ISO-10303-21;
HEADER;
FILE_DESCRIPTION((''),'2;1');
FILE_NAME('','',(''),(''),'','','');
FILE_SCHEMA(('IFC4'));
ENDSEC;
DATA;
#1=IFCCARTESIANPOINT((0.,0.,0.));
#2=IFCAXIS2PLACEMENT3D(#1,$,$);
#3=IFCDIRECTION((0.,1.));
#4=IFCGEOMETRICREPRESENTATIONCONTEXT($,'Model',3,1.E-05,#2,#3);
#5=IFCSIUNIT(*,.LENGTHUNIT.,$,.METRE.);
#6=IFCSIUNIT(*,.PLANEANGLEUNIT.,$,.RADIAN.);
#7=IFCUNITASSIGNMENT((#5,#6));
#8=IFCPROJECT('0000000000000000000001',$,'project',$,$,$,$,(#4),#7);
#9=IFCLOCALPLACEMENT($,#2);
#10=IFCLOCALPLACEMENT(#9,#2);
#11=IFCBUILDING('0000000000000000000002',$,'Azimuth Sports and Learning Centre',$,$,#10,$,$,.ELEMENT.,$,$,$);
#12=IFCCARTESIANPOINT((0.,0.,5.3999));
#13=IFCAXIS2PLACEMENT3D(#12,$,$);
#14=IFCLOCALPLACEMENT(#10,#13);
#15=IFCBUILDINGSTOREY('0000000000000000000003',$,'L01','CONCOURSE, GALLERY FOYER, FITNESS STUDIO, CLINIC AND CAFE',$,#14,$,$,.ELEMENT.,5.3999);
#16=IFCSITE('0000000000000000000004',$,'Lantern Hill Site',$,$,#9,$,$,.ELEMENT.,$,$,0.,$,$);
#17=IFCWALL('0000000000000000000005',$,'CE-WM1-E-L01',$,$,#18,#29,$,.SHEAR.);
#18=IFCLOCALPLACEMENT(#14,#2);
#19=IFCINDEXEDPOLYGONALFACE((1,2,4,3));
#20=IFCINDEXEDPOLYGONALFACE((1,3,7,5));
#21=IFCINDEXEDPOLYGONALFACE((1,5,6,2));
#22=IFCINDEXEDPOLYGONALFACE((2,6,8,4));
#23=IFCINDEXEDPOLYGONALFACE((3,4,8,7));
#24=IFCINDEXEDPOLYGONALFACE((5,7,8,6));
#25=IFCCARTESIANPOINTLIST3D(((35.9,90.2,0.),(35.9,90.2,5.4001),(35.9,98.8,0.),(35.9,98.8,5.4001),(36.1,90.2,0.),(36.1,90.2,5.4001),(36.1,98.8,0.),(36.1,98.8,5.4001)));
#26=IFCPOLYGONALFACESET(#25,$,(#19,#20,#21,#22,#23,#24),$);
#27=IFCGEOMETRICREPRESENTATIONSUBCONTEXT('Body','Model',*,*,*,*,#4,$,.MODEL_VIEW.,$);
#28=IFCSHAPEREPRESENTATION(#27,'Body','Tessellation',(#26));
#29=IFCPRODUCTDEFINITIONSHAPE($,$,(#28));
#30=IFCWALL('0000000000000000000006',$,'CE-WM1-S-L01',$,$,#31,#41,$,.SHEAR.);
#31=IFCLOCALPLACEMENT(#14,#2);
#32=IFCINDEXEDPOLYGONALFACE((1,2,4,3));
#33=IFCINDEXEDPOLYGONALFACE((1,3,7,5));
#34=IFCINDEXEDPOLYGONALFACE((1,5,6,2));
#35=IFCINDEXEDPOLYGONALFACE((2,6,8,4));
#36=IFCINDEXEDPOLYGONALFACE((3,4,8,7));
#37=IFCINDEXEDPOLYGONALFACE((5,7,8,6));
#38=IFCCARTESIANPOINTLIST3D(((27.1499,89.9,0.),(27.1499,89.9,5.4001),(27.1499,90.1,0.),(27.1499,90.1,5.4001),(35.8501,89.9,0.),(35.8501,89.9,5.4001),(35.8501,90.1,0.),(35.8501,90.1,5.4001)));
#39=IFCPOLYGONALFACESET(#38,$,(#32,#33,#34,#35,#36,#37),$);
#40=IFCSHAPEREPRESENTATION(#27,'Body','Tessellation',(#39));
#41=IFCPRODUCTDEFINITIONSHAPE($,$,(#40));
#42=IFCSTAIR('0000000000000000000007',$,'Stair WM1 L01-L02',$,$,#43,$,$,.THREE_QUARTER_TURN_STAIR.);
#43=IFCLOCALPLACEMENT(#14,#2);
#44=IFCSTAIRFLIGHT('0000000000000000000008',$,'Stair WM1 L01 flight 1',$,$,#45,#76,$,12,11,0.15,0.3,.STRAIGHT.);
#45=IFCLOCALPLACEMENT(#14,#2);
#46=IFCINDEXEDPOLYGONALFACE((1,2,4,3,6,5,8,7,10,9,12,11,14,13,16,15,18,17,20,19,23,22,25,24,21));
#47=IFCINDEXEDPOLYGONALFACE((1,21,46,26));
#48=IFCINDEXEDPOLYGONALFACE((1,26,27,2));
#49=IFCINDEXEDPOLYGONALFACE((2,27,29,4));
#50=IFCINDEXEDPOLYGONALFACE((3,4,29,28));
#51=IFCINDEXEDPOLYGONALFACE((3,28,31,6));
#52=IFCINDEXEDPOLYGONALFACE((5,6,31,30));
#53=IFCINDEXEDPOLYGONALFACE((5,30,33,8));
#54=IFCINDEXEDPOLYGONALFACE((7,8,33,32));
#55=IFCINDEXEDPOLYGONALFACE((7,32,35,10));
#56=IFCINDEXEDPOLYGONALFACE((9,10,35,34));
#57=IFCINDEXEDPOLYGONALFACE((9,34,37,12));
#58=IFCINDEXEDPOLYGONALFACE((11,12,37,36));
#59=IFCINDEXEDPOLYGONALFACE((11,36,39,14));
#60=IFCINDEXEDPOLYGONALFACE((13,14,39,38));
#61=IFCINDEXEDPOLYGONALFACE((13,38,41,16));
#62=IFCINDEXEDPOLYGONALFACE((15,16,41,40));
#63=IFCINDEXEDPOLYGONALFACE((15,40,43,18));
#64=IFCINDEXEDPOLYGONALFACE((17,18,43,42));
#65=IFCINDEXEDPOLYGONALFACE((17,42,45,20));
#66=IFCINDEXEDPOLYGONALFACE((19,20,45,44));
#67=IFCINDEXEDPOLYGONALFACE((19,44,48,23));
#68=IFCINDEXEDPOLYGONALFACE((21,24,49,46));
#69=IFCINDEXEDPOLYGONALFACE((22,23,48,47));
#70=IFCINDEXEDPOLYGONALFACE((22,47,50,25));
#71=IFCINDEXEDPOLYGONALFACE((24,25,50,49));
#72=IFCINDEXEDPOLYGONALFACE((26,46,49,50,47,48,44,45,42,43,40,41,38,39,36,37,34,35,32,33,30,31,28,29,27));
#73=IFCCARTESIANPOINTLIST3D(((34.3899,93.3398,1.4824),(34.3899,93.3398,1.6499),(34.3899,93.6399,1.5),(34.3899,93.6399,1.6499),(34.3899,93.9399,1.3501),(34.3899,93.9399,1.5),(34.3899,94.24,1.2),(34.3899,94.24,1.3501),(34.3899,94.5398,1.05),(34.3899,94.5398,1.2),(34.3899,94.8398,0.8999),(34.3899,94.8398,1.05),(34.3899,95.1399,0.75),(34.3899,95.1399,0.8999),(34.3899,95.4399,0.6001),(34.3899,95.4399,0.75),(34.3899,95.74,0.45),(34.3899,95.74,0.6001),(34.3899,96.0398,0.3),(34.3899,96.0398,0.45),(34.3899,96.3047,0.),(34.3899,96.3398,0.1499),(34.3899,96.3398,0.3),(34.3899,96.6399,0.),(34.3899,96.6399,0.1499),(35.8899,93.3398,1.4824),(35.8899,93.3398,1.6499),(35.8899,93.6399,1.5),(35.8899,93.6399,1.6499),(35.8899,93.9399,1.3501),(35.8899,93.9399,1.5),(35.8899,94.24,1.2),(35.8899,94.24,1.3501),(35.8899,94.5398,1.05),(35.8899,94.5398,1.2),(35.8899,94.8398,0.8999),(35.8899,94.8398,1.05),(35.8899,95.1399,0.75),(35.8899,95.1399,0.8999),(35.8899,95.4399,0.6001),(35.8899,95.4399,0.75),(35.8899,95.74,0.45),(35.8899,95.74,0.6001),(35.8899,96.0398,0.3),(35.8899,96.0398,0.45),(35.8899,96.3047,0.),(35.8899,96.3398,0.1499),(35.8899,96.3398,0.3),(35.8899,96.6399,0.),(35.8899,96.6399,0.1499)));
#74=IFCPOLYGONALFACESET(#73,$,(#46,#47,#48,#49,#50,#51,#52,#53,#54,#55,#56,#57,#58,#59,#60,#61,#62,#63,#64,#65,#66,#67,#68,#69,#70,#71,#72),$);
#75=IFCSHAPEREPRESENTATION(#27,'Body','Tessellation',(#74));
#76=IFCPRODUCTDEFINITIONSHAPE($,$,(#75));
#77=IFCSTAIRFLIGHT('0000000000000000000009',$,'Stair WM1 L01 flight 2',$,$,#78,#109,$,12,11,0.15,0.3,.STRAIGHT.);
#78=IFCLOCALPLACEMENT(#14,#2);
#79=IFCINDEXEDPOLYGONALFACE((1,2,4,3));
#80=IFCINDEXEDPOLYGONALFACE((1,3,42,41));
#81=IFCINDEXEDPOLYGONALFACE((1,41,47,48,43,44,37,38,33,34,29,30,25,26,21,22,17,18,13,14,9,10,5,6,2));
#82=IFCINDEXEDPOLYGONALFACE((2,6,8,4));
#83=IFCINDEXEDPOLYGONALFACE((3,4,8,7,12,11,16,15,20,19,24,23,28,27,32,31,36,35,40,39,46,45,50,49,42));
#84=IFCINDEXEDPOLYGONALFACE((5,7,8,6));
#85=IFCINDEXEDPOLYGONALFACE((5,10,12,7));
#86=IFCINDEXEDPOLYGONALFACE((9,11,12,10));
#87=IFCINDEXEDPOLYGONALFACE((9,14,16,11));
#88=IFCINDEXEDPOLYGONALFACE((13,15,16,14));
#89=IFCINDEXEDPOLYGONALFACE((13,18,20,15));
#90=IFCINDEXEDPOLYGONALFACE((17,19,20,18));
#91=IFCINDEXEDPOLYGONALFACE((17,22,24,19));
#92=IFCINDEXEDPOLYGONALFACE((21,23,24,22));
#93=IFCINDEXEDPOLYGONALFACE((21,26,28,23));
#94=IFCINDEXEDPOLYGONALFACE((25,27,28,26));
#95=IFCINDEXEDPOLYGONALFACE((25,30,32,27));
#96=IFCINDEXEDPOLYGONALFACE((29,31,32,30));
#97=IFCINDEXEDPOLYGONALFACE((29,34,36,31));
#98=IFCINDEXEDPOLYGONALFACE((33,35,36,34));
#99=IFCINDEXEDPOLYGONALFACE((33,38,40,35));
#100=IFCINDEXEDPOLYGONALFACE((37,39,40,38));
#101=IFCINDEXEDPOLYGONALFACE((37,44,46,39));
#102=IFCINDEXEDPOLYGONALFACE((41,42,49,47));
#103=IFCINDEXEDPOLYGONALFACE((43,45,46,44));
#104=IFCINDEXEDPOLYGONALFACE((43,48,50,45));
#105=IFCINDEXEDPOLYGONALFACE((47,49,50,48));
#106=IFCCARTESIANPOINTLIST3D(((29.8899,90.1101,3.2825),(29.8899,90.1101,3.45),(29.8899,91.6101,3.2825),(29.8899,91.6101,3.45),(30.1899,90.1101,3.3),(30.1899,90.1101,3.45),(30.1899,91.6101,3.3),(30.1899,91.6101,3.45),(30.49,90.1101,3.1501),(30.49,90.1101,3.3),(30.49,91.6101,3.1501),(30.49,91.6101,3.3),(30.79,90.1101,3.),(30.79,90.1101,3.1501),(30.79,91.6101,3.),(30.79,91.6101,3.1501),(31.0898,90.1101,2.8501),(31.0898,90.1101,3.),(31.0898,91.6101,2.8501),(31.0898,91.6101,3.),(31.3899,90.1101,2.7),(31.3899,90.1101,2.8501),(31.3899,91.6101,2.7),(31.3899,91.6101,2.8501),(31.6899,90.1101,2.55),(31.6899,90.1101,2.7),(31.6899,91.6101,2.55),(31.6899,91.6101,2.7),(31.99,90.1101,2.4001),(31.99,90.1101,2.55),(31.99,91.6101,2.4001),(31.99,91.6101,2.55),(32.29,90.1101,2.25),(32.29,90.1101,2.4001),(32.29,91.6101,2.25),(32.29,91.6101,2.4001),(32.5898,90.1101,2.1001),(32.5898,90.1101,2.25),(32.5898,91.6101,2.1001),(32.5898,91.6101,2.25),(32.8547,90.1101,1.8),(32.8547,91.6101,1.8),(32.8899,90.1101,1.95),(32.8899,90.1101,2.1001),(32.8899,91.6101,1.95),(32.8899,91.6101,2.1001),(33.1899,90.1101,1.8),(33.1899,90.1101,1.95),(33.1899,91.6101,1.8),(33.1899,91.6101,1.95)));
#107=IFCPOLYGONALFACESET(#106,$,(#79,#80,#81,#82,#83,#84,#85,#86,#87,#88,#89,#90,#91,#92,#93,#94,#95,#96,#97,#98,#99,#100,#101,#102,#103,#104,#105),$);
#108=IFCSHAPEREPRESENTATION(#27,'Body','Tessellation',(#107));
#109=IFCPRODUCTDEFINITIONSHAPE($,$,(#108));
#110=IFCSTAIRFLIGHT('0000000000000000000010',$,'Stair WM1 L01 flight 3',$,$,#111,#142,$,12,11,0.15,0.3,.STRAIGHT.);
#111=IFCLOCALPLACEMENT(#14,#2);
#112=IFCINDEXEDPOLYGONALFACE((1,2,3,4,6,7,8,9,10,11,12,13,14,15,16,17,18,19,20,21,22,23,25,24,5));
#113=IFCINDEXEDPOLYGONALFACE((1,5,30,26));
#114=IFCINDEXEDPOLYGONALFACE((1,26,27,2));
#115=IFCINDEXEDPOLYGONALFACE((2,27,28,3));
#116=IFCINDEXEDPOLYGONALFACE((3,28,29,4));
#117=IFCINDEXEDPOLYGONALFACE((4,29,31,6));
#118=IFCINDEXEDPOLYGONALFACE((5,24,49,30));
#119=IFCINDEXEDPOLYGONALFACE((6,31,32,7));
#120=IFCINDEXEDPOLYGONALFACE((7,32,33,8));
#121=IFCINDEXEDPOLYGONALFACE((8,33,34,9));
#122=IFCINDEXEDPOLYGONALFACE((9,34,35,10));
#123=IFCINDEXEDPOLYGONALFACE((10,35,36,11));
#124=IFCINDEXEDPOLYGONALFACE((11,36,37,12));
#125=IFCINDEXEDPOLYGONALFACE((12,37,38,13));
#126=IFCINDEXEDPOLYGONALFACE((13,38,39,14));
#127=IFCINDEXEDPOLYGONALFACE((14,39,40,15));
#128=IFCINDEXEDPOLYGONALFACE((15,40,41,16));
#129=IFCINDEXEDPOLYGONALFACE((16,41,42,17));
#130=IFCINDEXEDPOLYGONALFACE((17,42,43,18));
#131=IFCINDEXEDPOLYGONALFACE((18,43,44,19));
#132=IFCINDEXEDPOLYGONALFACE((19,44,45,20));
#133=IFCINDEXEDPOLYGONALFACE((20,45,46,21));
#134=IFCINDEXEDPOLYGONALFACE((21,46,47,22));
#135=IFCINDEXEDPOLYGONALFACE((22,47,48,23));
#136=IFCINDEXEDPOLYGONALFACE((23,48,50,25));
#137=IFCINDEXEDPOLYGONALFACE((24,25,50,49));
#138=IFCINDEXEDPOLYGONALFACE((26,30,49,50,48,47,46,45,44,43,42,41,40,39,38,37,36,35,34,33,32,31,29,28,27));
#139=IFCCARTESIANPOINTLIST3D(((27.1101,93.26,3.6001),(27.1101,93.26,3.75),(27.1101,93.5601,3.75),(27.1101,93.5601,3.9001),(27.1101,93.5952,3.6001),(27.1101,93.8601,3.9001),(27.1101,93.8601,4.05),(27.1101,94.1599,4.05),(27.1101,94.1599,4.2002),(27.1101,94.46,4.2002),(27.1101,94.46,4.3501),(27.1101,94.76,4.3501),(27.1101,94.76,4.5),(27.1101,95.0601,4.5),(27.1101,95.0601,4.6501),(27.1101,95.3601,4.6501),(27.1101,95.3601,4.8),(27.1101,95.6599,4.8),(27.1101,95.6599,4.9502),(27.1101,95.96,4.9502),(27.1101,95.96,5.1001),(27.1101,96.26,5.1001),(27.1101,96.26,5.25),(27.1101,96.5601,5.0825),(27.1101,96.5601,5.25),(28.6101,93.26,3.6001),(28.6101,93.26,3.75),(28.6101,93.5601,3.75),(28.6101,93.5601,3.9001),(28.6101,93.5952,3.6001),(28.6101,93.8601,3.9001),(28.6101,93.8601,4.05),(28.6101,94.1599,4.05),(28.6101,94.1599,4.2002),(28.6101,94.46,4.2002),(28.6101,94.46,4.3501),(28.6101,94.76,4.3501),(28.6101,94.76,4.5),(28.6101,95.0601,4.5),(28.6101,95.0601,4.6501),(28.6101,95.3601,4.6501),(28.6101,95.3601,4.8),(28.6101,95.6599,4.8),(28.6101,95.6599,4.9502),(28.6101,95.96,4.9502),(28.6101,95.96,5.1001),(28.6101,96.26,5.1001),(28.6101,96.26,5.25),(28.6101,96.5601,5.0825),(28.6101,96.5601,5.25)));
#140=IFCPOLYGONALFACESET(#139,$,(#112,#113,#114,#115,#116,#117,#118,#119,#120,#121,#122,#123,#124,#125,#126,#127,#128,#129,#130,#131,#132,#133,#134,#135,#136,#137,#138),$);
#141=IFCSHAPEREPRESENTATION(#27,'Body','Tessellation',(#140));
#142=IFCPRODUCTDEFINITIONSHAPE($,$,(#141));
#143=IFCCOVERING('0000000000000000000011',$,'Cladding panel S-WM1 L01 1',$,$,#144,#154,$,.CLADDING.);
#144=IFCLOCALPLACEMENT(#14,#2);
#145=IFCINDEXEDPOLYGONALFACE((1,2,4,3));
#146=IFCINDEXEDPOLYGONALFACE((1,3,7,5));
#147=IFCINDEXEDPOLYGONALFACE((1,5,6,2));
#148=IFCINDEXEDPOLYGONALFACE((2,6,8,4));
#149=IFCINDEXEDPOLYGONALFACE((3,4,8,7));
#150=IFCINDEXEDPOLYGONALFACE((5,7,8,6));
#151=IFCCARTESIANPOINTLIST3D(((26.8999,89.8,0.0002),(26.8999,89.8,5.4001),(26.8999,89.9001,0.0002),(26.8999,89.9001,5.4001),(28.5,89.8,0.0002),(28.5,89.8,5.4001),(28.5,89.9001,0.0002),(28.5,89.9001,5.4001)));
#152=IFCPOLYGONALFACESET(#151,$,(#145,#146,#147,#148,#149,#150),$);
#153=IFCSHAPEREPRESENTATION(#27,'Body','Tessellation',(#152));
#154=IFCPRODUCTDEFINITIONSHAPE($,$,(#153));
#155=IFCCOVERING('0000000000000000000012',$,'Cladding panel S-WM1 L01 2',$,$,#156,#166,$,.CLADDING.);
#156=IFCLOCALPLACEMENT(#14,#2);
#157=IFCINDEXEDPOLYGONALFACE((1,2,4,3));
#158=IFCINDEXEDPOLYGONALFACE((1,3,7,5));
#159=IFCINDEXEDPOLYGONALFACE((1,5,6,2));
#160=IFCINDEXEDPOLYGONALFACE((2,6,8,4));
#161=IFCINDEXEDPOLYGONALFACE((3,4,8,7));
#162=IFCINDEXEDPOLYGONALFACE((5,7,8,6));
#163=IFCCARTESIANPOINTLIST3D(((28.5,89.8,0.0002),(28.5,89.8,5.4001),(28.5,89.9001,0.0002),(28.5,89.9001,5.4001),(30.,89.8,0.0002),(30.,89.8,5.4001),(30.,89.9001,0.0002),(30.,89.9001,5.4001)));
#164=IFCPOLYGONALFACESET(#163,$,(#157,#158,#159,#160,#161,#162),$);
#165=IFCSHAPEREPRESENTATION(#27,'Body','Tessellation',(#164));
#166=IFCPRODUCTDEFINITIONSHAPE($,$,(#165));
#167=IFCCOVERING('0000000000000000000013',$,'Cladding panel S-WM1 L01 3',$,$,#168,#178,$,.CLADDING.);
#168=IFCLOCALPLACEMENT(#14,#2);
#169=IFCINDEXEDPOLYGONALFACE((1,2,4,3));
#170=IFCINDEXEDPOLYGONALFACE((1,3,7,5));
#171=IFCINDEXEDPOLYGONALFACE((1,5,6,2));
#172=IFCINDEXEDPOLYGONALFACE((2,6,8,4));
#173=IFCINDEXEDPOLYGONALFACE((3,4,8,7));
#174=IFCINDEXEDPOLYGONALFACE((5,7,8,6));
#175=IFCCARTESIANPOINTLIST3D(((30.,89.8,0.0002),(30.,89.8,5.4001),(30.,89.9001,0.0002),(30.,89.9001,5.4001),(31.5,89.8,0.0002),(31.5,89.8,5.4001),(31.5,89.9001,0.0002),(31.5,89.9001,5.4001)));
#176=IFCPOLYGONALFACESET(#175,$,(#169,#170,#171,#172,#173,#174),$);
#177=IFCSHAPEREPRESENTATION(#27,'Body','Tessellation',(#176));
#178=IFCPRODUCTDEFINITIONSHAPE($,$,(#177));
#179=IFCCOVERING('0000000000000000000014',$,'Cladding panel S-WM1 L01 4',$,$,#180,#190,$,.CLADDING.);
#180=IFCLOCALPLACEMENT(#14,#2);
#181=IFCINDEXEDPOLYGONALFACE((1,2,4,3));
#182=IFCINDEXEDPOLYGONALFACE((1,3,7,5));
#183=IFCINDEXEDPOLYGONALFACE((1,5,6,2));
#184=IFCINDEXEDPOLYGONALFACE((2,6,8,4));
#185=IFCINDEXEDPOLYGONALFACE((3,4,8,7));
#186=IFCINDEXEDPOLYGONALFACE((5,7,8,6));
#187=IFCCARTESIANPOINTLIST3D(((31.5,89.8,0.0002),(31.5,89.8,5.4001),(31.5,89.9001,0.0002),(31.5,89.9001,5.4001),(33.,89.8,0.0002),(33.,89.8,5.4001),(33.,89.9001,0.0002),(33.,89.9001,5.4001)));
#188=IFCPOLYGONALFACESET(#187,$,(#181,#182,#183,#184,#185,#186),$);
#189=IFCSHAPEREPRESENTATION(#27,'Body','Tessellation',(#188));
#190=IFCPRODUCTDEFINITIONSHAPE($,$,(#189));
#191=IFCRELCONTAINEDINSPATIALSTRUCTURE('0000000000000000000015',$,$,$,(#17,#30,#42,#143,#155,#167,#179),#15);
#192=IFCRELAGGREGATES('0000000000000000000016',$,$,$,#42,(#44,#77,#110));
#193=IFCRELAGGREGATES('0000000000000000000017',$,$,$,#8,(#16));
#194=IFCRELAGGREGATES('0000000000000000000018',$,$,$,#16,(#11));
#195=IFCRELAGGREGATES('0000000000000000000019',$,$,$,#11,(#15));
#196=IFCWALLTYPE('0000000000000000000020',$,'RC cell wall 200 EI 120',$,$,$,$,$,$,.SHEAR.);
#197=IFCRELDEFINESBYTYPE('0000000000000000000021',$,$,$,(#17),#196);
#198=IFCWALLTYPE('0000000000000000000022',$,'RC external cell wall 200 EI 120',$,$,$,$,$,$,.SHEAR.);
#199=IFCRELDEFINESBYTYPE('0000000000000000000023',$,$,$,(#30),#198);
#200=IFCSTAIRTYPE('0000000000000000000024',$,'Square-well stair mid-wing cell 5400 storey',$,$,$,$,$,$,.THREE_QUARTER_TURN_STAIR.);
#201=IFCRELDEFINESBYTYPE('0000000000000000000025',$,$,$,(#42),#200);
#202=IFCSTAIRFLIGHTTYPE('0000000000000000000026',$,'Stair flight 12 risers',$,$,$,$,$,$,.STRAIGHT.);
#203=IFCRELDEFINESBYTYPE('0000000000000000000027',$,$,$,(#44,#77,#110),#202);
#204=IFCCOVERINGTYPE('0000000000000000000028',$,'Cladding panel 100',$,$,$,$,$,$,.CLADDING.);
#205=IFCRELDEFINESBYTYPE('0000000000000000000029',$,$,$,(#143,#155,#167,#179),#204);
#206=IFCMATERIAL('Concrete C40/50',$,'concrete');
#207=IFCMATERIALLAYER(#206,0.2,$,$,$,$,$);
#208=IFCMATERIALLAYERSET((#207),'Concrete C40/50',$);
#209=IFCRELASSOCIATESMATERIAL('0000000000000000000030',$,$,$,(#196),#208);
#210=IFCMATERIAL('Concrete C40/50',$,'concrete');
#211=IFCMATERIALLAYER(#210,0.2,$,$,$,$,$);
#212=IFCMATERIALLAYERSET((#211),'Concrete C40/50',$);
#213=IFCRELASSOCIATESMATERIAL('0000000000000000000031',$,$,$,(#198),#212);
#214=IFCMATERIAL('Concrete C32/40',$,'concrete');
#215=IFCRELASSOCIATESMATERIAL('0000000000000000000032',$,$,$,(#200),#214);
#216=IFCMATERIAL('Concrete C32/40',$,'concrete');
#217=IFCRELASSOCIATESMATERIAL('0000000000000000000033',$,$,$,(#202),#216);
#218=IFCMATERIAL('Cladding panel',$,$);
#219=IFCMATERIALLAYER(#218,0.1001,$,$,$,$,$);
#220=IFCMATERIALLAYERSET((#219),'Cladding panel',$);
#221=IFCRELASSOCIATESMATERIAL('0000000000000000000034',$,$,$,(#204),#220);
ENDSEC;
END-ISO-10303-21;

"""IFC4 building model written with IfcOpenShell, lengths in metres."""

from ifc_helpers import new_model, si_unit, direction, frame, frame_2d, origin, origin_2d, place, context, subcontext, project, spatial, polyline, rectangle, outline, extrude, material, layer, layer_set, type_object, element, aggregate, save


model = new_model("IFC4")

# Units and contexts
model_context = context("Model", 3, precision=1e-05, world=origin(), true_north=direction((0.0, 1.0)))
body_context = subcontext(model_context, "Body", "Model", "MODEL_VIEW")
ifc_project = project(units=[si_unit("LENGTHUNIT", "METRE"), si_unit("PLANEANGLEUNIT", "RADIAN")], contexts=[model_context])

# Site, building, storey
site_placement = place(None, origin())
site = spatial("IfcSite", under=ifc_project, at=site_placement, Name="Lantern Hill Site", CompositionType="ELEMENT", RefElevation=0.0)
building_placement = place(site_placement, origin())
building = spatial("IfcBuilding", under=site, at=building_placement, Name="Azimuth Sports and Learning Centre", CompositionType="ELEMENT")
storey_placement = place(building_placement, frame((0.0, 0.0, 5.3999)))
storey = spatial("IfcBuildingStorey", under=building, at=storey_placement, Name="L01", Description="CONCOURSE, GALLERY FOYER, FITNESS STUDIO, CLINIC AND CAFE", CompositionType="ELEMENT", Elevation=5.3999)

# Walls
ifc_material_1 = material(Name="Concrete C40/50", Category="concrete")
ifc_layer_1 = layer(ifc_material_1, 0.2)
ifc_layer_set_1 = layer_set([ifc_layer_1], Name="Concrete C40/50")
wall_type_1 = type_object("IfcWallType", Name="RC cell wall 200 EI 120", PredefinedType="SHEAR", material=ifc_layer_set_1)
for number, where, z_axis, x_axis, name in (
    (1, (36.0, 90.2, 0.0), (0.0, 0.0, 1.0), (0.0, 1.0, 0.0), "CE-WM1-E-L01"),
):
    element("IfcWall", number, at=place(storey_placement, frame(where, z_axis=z_axis, x_axis=x_axis)), inside=storey, type_object=wall_type_1, Name=name, PredefinedType="SHEAR", context=body_context, shape_type="SweptSolid", body=[
        extrude(rectangle(XDim=8.6001, YDim=0.2, at=frame_2d((4.3, 0.0))), origin(), (0.0, 0.0, 1.0), 5.4001),
    ])
ifc_material_2 = material(Name="Concrete C40/50", Category="concrete")
ifc_layer_2 = layer(ifc_material_2, 0.2)
ifc_layer_set_2 = layer_set([ifc_layer_2], Name="Concrete C40/50")
wall_type_2 = type_object("IfcWallType", Name="RC external cell wall 200 EI 120", PredefinedType="SHEAR", material=ifc_layer_set_2)
wall_1_placement = place(storey_placement, frame((27.1499, 90.0, 0.0), z_axis=(0.0, 0.0, 1.0), x_axis=(1.0, 0.0, 0.0)))
element("IfcWall", 2, at=wall_1_placement, inside=storey, type_object=wall_type_2, Name="CE-WM1-S-L01", PredefinedType="SHEAR", context=body_context, shape_type="SweptSolid", body=[
    extrude(rectangle(XDim=8.7002, YDim=0.2, at=frame_2d((4.3501, 0.0))), origin(), (0.0, 0.0, 1.0), 5.4001),
])

# Stair, stair flights
ifc_material_3 = material(Name="Concrete C32/40", Category="concrete")
stair_type = type_object("IfcStairType", Name="Square-well stair mid-wing cell 5400 storey", PredefinedType="THREE_QUARTER_TURN_STAIR", material=ifc_material_3)
stair_placement = place(storey_placement, origin())
stair = element("IfcStair", 3, at=stair_placement, inside=storey, type_object=stair_type, Name="Stair WM1 L01-L02", PredefinedType="THREE_QUARTER_TURN_STAIR")
ifc_material_4 = material(Name="Concrete C32/40", Category="concrete")
stair_flight_type = type_object("IfcStairFlightType", Name="Stair flight 12 risers", PredefinedType="STRAIGHT", material=ifc_material_4)
stair_flight_1_placement = place(storey_placement, frame((35.1399, 96.6399, 0.0), z_axis=(0.0, 0.0, 1.0), x_axis=(0.0, -1.0, 0.0)))
stair_flight_1 = element("IfcStairFlight", 4, at=stair_flight_1_placement, type_object=stair_flight_type, Name="Stair WM1 L01 flight 1", NumberOfRisers=12, NumberOfTreads=11, PredefinedType="STRAIGHT", RiserHeight=0.15, TreadLength=0.3, context=body_context, shape_type="SweptSolid", body=[
    extrude(outline(polyline([(0.0, 0.0), (0.0, 0.1499), (0.3, 0.1499), (0.3, 0.3), (0.6001, 0.3), (0.6001, 0.45), (0.8999, 0.45), (0.8999, 0.6001), (1.2, 0.6001), (1.2, 0.75), (1.5, 0.75), (1.5, 0.8999), (1.8, 0.8999), (1.8, 1.05), (2.1001, 1.05), (2.1001, 1.2), (2.3999, 1.2), (2.3999, 1.3501), (2.7, 1.3501), (2.7, 1.5), (3.0, 1.5), (3.0, 1.6499), (3.3, 1.6499), (3.3, 1.8), (3.3, 1.4824), (0.3352, 0.0), (0.0, 0.0)])), frame((0.0, 0.75, 0.0), z_axis=(0.0, -1.0, 0.0), x_axis=(1.0, 0.0, 0.0)), (0.0, 0.0, 1.0), 1.5),
])
stair_flight_2_placement = place(storey_placement, frame((33.1899, 90.8601, 1.8), z_axis=(0.0, 0.0, 1.0), x_axis=(-1.0, 0.0, 0.0)))
stair_flight_2 = element("IfcStairFlight", 5, at=stair_flight_2_placement, type_object=stair_flight_type, Name="Stair WM1 L01 flight 2", NumberOfRisers=12, NumberOfTreads=11, PredefinedType="STRAIGHT", RiserHeight=0.15, TreadLength=0.3, context=body_context, shape_type="SweptSolid", body=[
    extrude(outline(polyline([(0.0, 0.0), (0.0, 0.1499), (0.3, 0.1499), (0.3, 0.3), (0.6001, 0.3), (0.6001, 0.45), (0.8999, 0.45), (0.8999, 0.6001), (1.2, 0.6001), (1.2, 0.75), (1.5, 0.75), (1.5, 0.8999), (1.8, 0.8999), (1.8, 1.05), (2.1001, 1.05), (2.1001, 1.2), (2.3999, 1.2), (2.3999, 1.3501), (2.7, 1.3501), (2.7, 1.5), (3.0, 1.5), (3.0, 1.6499), (3.3, 1.6499), (3.3, 1.8), (3.3, 1.4824), (0.3352, 0.0), (0.0, 0.0)])), frame((0.0, 0.75, 0.0), z_axis=(0.0, -1.0, 0.0), x_axis=(1.0, 0.0, 0.0)), (0.0, 0.0, 1.0), 1.5),
])
stair_flight_3_placement = place(storey_placement, frame((27.8601, 93.26, 3.6001), z_axis=(0.0, 0.0, 1.0), x_axis=(0.0, 1.0, 0.0)))
stair_flight_3 = element("IfcStairFlight", 6, at=stair_flight_3_placement, type_object=stair_flight_type, Name="Stair WM1 L01 flight 3", NumberOfRisers=12, NumberOfTreads=11, PredefinedType="STRAIGHT", RiserHeight=0.15, TreadLength=0.3, context=body_context, shape_type="SweptSolid", body=[
    extrude(outline(polyline([(0.0, 0.0), (0.0, 0.1499), (0.3, 0.1499), (0.3, 0.3), (0.6001, 0.3), (0.6001, 0.45), (0.8999, 0.45), (0.8999, 0.6001), (1.2, 0.6001), (1.2, 0.75), (1.5, 0.75), (1.5, 0.8999), (1.8, 0.8999), (1.8, 1.05), (2.1001, 1.05), (2.1001, 1.2), (2.3999, 1.2), (2.3999, 1.3501), (2.7, 1.3501), (2.7, 1.5), (3.0, 1.5), (3.0, 1.6499), (3.3, 1.6499), (3.3, 1.8), (3.3, 1.4824), (0.3352, 0.0), (0.0, 0.0)])), frame((0.0, 0.75, 0.0), z_axis=(0.0, -1.0, 0.0), x_axis=(1.0, 0.0, 0.0)), (0.0, 0.0, 1.0), 1.5),
])
aggregate(stair, [stair_flight_1, stair_flight_2, stair_flight_3])

# Coverings
ifc_material_5 = material(Name="Cladding panel")
ifc_layer_3 = layer(ifc_material_5, 0.1001)
ifc_layer_set_3 = layer_set([ifc_layer_3], Name="Cladding panel")
covering_type = type_object("IfcCoveringType", Name="Cladding panel 100", PredefinedType="CLADDING", material=ifc_layer_set_3)
covering_1_placement = place(storey_placement, frame((27.7, 89.8501, 0.0002), z_axis=(0.0, 0.0, 1.0), x_axis=(1.0, 0.0, 0.0)))
element("IfcCovering", 7, at=covering_1_placement, inside=storey, type_object=covering_type, Name="Cladding panel S-WM1 L01 1", PredefinedType="CLADDING", context=body_context, shape_type="SweptSolid", body=[
    extrude(rectangle(XDim=1.6001, YDim=0.1001, at=origin_2d()), origin(), (0.0, 0.0, 1.0), 5.3999),
])
for number, where, z_axis, x_axis, name in (
    (8, (29.25, 89.8501, 0.0002), (0.0, 0.0, 1.0), (1.0, 0.0, 0.0), "Cladding panel S-WM1 L01 2"),
    (9, (30.75, 89.8501, 0.0002), (0.0, 0.0, 1.0), (1.0, 0.0, 0.0), "Cladding panel S-WM1 L01 3"),
    (10, (32.25, 89.8501, 0.0002), (0.0, 0.0, 1.0), (1.0, 0.0, 0.0), "Cladding panel S-WM1 L01 4"),
):
    element("IfcCovering", number, at=place(storey_placement, frame(where, z_axis=z_axis, x_axis=x_axis)), inside=storey, type_object=covering_type, Name=name, PredefinedType="CLADDING", context=body_context, shape_type="SweptSolid", body=[
        extrude(rectangle(XDim=1.5, YDim=0.1001, at=origin_2d()), origin(), (0.0, 0.0, 1.0), 5.3999),
    ])

save(model, "model.ifc")
